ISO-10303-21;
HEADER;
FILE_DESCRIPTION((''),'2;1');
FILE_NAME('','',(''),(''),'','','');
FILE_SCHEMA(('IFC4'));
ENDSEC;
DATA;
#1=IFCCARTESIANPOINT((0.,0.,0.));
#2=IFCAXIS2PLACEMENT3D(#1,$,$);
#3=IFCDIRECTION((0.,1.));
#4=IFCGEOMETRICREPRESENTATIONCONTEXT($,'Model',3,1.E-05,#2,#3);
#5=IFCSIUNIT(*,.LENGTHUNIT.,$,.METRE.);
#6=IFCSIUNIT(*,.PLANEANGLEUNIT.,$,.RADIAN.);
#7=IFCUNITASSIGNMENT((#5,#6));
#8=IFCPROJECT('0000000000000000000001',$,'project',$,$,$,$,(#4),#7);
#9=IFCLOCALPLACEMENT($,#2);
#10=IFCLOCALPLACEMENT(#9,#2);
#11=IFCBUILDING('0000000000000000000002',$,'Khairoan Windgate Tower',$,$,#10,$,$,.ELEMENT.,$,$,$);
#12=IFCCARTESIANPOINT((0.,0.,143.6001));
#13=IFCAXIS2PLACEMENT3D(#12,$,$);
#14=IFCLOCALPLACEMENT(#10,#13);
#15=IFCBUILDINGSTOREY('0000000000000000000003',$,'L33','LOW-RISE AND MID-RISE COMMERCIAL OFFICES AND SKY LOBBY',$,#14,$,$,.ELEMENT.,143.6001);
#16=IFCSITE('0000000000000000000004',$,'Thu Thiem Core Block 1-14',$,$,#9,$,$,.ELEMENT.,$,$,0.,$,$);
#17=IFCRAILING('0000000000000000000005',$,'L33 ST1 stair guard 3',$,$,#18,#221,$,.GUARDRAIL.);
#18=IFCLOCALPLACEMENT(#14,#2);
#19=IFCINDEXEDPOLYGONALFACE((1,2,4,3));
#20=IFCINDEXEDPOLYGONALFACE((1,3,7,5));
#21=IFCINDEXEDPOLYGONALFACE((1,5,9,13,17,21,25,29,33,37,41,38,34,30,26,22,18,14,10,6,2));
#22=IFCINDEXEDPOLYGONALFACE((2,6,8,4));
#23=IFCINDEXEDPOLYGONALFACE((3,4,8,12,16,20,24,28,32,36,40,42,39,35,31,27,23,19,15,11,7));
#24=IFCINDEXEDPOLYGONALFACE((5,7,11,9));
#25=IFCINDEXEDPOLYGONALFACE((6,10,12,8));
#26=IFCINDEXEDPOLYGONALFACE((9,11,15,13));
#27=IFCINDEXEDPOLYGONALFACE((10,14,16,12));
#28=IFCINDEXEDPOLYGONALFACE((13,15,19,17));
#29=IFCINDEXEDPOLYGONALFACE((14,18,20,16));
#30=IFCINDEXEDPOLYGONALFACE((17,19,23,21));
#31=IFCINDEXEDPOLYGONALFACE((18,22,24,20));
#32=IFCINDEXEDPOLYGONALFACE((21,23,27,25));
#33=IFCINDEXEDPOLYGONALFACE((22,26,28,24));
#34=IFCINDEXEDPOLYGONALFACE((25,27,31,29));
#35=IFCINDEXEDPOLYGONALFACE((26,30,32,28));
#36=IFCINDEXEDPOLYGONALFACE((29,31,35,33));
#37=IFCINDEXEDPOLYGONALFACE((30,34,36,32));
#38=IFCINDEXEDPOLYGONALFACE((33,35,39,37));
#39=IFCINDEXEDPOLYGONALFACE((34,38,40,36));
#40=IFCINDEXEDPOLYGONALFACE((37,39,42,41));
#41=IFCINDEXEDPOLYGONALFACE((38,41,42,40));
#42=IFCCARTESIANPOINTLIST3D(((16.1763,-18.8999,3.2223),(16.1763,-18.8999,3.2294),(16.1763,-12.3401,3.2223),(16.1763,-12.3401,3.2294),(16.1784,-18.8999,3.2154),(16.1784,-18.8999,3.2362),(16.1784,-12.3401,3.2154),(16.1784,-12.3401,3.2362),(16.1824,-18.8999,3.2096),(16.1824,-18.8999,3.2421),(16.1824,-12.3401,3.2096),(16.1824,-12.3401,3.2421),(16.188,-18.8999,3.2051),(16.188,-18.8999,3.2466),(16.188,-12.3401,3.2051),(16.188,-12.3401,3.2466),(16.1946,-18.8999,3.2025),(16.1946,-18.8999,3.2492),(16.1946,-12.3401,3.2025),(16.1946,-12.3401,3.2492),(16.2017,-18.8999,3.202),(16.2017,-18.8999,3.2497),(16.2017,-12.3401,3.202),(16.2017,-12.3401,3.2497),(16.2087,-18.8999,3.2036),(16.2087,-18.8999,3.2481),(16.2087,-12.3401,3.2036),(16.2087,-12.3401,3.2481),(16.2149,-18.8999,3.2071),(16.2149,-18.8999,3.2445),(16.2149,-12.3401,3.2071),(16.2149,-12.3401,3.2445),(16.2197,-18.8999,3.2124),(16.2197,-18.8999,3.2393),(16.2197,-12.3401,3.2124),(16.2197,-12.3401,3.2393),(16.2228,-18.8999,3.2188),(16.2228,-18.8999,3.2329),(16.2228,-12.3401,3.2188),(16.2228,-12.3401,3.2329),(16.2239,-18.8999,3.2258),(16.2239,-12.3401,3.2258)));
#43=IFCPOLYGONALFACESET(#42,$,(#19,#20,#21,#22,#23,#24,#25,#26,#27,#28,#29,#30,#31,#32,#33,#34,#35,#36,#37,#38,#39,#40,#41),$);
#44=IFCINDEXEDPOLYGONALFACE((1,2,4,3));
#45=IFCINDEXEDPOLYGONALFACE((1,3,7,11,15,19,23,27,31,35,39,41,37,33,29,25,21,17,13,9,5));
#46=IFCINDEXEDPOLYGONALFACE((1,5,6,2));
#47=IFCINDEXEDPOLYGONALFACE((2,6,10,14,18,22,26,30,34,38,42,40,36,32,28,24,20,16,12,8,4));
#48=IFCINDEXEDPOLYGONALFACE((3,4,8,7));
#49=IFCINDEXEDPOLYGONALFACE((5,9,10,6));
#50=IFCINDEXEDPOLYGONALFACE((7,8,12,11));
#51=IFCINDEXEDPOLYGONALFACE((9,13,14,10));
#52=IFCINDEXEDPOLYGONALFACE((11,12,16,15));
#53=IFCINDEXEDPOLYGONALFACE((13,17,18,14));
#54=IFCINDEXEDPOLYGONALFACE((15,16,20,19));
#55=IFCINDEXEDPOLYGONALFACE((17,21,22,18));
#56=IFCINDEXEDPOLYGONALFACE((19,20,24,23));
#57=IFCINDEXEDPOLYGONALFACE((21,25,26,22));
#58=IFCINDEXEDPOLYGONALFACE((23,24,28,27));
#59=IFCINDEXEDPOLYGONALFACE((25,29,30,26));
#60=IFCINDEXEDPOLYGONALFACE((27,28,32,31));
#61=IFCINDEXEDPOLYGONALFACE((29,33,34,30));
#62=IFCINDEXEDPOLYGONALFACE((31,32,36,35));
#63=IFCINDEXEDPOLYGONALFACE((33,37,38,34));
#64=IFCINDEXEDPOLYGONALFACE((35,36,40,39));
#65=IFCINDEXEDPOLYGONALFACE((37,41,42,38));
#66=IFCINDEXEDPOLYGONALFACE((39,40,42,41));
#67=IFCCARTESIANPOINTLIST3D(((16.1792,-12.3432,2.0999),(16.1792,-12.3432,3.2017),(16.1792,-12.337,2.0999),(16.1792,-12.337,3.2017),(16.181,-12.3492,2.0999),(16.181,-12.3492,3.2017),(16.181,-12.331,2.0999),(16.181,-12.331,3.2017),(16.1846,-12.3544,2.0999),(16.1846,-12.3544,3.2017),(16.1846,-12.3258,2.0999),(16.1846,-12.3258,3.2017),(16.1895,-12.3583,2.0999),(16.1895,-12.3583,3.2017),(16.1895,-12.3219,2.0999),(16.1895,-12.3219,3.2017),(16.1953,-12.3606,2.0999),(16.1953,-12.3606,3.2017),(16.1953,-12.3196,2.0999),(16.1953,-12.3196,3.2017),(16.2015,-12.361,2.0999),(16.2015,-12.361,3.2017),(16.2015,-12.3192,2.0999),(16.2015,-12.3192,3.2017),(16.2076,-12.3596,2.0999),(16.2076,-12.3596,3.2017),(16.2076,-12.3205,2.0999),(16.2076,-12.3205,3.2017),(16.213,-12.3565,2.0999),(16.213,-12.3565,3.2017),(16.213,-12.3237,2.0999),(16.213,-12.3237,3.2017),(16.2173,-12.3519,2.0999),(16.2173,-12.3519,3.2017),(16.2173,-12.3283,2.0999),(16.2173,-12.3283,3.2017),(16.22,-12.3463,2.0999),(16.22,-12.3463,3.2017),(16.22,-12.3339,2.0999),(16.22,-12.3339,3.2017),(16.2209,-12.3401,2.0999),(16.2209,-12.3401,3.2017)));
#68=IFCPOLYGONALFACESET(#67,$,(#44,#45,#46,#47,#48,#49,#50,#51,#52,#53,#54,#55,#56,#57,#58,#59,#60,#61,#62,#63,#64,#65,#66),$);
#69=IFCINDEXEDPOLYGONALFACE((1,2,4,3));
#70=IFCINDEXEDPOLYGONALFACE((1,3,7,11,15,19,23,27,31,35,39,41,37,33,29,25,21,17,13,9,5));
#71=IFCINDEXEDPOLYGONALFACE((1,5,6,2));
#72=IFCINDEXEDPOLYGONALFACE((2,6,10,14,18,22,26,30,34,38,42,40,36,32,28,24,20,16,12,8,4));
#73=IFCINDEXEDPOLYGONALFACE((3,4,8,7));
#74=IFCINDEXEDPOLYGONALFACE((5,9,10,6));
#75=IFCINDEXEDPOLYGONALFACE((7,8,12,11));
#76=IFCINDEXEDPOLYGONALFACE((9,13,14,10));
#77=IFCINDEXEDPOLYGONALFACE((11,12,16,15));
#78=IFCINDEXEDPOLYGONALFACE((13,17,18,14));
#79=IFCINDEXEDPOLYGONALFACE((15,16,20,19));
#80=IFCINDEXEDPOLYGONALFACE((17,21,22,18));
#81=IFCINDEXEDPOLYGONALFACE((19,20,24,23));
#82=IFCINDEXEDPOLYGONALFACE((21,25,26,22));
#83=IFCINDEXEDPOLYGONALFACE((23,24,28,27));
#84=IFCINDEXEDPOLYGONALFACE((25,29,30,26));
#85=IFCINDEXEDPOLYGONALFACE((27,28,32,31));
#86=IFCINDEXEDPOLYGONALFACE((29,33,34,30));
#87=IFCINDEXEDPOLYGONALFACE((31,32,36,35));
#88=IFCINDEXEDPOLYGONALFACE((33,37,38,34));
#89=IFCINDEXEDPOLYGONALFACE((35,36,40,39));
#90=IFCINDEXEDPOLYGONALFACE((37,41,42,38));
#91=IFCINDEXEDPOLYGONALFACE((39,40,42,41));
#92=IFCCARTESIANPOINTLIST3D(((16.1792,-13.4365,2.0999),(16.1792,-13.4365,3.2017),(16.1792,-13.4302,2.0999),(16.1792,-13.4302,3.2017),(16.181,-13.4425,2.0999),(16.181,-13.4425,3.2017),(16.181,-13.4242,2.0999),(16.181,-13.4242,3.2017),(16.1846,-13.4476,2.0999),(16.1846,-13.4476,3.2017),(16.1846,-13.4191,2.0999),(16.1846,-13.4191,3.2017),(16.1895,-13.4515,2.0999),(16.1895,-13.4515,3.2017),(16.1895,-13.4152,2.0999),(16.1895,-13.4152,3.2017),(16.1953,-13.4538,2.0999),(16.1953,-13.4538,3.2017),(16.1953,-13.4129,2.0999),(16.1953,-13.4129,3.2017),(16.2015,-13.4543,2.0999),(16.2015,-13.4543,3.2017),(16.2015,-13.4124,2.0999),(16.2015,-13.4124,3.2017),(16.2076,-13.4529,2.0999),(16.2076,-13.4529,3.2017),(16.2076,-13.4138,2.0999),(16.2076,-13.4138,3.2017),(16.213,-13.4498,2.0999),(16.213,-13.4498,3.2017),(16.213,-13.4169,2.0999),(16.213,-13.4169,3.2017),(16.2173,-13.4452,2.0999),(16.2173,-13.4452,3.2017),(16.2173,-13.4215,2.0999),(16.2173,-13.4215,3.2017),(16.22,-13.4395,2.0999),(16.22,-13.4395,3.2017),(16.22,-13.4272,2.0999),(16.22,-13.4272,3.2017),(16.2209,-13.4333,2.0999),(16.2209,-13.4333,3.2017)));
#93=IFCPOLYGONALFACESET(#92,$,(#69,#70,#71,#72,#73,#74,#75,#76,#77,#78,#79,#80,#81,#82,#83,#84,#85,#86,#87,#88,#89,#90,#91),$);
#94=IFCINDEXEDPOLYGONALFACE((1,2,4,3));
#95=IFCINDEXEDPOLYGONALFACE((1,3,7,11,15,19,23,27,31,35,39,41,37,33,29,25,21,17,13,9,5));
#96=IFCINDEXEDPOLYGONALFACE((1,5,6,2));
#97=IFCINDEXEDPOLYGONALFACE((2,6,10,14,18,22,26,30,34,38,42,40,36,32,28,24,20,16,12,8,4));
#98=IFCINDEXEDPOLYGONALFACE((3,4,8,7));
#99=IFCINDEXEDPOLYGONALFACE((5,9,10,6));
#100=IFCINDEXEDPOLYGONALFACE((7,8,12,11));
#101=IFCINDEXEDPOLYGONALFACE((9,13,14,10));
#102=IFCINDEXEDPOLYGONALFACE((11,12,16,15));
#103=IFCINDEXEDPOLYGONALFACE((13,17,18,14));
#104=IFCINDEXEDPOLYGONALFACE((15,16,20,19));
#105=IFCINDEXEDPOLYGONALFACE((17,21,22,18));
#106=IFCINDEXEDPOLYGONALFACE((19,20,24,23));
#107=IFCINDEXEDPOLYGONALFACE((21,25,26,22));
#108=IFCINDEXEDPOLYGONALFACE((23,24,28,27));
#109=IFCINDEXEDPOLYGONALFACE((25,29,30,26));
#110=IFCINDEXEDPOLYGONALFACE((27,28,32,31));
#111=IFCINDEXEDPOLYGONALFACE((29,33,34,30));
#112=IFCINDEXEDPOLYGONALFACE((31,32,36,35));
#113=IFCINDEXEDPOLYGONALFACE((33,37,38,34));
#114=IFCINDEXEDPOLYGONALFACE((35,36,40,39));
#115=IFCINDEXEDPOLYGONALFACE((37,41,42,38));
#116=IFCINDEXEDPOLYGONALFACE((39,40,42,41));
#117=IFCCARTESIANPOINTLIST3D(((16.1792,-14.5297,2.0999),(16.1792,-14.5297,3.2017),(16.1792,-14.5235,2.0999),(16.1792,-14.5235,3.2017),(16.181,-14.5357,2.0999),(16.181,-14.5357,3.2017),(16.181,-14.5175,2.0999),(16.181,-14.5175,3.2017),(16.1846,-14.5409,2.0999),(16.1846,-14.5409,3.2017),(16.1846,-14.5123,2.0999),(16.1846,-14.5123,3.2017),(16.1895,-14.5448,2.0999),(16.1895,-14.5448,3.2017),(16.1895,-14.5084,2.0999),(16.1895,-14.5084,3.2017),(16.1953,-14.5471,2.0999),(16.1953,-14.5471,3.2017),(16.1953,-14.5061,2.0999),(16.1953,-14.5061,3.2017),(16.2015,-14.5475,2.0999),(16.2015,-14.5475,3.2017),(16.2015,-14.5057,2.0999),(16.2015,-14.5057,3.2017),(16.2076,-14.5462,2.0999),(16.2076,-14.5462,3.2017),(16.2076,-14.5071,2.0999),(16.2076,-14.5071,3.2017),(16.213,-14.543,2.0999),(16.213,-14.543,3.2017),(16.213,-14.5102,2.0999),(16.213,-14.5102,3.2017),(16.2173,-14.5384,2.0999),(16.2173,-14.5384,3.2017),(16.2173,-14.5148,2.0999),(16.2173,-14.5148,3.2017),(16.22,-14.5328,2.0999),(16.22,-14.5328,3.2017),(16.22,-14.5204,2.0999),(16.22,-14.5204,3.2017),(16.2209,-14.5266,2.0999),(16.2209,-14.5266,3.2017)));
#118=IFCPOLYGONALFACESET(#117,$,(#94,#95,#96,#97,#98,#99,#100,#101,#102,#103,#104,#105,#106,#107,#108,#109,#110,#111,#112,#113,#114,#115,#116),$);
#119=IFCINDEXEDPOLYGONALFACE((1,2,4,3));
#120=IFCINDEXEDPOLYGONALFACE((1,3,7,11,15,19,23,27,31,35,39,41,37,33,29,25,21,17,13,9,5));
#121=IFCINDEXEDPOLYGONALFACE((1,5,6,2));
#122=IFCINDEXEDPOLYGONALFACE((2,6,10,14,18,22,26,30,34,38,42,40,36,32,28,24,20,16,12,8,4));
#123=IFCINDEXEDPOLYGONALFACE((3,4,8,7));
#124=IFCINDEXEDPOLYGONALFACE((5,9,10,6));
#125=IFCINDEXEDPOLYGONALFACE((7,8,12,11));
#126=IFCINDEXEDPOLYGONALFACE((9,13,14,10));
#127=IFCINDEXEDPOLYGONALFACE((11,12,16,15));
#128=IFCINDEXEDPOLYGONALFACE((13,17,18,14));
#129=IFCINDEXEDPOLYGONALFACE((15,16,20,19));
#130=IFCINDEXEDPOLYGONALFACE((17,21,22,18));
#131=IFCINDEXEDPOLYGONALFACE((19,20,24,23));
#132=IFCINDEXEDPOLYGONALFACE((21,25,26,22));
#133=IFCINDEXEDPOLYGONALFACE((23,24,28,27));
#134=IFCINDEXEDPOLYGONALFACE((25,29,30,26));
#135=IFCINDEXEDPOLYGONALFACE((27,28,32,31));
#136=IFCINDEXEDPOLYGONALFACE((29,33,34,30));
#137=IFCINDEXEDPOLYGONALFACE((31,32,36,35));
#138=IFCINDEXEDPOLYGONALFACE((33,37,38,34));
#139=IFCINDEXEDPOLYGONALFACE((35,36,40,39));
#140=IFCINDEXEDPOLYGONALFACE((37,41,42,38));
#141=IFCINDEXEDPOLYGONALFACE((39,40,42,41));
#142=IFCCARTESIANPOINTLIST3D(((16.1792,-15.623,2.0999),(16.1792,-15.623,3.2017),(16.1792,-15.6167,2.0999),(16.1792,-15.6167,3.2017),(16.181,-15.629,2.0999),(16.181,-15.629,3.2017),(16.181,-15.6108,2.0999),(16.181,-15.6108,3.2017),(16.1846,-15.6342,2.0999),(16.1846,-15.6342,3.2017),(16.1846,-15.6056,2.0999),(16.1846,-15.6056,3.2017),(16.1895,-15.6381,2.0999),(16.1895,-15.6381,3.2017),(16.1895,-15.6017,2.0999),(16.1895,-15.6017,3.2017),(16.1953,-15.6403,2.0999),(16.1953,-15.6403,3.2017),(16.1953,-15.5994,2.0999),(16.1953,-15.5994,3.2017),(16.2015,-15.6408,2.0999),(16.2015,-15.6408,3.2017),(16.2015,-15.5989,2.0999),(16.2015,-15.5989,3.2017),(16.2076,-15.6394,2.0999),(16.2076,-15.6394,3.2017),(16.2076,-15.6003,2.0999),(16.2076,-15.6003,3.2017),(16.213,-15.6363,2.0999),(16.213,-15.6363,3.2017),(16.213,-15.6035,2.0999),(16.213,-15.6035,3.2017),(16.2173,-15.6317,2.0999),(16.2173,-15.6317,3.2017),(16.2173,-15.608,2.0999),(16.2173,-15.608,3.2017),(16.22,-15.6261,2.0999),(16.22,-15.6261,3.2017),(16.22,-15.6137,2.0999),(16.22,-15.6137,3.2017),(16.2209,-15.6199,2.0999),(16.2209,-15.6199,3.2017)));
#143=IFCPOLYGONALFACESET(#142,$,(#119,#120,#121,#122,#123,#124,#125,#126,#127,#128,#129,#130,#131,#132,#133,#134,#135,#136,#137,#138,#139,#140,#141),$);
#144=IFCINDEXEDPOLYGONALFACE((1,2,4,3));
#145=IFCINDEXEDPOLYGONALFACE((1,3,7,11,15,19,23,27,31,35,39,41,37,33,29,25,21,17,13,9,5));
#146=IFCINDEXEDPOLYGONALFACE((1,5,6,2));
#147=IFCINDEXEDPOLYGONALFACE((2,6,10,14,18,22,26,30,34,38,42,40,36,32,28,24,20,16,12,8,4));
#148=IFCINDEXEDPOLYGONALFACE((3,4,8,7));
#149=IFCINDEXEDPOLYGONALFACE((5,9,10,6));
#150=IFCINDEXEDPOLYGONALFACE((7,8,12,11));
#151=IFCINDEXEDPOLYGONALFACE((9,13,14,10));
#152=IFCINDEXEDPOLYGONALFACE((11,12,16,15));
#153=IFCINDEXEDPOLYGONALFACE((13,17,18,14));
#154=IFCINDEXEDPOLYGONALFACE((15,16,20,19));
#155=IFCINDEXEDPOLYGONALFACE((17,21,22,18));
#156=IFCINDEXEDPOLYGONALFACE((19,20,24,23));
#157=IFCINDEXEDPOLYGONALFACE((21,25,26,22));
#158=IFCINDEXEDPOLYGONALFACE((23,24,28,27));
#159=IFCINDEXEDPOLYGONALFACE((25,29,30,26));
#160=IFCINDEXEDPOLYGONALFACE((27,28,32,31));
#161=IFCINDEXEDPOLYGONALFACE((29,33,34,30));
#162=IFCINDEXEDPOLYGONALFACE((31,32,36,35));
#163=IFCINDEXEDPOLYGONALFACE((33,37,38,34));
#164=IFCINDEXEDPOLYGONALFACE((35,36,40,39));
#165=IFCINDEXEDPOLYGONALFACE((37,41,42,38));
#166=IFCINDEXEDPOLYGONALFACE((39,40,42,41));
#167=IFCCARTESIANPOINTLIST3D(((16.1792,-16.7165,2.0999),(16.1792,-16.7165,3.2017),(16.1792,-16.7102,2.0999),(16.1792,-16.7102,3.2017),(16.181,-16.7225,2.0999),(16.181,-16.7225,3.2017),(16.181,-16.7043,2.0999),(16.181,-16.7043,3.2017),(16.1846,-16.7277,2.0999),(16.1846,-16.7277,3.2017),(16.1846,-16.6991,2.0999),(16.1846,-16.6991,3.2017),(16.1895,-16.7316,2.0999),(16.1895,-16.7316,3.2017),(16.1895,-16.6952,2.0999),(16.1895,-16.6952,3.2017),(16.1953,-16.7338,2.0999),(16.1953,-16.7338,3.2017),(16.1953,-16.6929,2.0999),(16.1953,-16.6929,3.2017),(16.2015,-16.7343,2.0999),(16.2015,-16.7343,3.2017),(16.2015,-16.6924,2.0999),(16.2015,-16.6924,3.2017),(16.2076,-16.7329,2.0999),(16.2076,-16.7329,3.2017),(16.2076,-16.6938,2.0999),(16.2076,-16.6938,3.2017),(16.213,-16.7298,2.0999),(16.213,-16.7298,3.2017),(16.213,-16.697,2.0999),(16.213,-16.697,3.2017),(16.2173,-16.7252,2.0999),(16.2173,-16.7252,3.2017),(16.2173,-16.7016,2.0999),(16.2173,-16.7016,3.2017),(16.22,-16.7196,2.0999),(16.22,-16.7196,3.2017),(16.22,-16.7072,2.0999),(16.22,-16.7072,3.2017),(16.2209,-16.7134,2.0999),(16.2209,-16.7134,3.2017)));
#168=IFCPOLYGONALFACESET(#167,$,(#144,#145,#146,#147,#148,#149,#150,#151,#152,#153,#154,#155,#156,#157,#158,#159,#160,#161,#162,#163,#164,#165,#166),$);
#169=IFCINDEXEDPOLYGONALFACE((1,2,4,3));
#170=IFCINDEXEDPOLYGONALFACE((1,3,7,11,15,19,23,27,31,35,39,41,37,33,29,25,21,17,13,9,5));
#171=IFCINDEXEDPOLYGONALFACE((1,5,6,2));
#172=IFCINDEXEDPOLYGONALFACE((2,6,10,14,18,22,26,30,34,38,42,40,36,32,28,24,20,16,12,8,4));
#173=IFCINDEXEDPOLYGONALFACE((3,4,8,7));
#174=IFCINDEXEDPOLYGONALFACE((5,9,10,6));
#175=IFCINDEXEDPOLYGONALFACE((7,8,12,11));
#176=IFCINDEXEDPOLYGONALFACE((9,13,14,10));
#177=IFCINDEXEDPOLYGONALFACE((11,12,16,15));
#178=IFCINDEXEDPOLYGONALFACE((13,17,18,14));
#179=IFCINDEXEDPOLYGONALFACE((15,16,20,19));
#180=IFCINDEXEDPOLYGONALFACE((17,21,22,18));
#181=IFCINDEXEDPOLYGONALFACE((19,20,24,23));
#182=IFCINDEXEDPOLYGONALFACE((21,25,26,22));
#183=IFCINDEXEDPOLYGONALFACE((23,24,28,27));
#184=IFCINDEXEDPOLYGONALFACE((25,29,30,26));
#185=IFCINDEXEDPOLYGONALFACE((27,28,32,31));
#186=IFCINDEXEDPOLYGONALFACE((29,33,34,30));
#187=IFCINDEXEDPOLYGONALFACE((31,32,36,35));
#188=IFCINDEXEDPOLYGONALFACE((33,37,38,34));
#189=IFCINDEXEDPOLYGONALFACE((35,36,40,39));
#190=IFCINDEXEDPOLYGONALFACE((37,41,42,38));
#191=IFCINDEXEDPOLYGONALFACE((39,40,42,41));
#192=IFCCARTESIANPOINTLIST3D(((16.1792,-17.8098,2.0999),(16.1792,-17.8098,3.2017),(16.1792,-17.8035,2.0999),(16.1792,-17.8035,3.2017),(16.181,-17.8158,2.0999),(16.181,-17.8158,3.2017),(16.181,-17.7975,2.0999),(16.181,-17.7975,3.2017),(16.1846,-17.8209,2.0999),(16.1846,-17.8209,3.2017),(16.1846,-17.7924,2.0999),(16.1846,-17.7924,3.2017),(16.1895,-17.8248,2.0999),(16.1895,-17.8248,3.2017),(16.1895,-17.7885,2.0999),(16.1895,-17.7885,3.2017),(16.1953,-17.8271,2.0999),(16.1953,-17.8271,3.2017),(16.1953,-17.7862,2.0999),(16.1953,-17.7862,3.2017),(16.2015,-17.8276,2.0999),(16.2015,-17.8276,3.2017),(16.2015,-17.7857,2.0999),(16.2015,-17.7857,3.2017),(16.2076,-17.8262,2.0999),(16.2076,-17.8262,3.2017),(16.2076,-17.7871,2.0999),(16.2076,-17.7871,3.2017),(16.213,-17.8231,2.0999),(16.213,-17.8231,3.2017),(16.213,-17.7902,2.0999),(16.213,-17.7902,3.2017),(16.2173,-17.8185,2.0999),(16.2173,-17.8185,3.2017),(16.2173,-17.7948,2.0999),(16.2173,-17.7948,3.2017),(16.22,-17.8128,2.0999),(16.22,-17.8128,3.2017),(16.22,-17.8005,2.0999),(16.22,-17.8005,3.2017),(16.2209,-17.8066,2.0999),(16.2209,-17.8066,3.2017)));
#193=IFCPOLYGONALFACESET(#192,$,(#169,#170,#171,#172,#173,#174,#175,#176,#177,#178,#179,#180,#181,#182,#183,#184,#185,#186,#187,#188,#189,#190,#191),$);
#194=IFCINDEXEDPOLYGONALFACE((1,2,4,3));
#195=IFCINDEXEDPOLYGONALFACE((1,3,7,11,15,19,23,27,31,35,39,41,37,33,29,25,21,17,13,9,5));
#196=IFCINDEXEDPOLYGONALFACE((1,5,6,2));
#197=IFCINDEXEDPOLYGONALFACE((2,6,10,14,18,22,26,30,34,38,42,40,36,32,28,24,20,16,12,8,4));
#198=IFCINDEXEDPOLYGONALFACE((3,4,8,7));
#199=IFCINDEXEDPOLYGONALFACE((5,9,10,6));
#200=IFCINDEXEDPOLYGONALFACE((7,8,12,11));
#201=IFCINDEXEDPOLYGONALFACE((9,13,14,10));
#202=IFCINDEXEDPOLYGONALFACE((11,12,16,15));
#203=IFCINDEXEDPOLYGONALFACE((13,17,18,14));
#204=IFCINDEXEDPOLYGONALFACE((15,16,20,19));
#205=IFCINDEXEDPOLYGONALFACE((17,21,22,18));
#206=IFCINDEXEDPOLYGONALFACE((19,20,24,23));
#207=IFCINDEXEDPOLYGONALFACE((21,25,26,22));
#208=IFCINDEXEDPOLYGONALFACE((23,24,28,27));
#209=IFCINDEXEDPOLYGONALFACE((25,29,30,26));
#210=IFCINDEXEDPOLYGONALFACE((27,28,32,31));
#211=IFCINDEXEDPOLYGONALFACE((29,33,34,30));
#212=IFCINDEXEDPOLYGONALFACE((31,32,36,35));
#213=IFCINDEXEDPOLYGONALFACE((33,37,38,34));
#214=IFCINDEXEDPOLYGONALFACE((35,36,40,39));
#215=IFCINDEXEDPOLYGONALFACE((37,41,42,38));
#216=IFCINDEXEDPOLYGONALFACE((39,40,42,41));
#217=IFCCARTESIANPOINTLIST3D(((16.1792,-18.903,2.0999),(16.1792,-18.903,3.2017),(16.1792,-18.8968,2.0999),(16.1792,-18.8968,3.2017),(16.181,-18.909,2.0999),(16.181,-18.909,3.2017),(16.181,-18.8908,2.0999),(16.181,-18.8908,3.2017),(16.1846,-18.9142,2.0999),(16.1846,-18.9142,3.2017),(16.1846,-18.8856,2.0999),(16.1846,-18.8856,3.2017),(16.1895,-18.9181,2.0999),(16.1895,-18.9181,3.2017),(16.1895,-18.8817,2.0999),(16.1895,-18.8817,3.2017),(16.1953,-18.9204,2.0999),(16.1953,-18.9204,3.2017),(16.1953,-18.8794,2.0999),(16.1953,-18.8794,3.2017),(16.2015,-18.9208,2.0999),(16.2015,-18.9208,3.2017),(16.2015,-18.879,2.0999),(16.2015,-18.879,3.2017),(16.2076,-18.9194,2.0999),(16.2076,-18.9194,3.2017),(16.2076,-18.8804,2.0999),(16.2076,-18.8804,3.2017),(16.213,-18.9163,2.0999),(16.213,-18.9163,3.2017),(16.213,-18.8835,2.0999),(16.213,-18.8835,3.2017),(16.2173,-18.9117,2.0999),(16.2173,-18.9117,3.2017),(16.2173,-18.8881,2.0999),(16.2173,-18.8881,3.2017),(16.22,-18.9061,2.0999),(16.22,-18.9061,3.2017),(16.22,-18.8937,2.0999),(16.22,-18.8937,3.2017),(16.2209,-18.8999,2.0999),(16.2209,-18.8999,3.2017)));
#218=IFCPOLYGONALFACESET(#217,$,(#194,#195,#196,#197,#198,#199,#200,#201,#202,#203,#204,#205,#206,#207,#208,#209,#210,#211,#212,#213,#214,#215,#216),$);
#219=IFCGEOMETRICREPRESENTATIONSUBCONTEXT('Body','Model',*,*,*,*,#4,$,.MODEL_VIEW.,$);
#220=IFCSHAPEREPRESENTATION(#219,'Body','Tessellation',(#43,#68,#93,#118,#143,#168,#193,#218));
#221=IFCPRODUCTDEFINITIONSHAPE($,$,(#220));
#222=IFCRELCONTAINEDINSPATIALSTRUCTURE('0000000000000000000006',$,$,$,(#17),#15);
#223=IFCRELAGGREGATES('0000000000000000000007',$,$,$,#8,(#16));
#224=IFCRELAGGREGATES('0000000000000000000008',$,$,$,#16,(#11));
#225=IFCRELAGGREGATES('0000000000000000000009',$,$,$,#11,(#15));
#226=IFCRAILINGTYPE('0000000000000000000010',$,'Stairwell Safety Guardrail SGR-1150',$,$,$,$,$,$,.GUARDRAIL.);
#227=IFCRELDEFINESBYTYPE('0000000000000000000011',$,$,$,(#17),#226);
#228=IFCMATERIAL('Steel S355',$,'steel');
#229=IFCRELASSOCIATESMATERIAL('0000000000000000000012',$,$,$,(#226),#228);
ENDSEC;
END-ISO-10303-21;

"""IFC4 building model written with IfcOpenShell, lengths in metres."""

from ifc_helpers import new_model, si_unit, direction, frame, origin, origin_2d, place, context, subcontext, project, spatial, circle, extrude, material, type_object, element, save


model = new_model("IFC4")

# Units and contexts
model_context = context("Model", 3, precision=1e-05, world=origin(), true_north=direction((0.0, 1.0)))
body_context = subcontext(model_context, "Body", "Model", "MODEL_VIEW")
ifc_project = project(units=[si_unit("LENGTHUNIT", "METRE"), si_unit("PLANEANGLEUNIT", "RADIAN")], contexts=[model_context])

# Site, building, storey
site_placement = place(None, origin())
site = spatial("IfcSite", under=ifc_project, at=site_placement, Name="Thu Thiem Core Block 1-14", CompositionType="ELEMENT", RefElevation=0.0)
building_placement = place(site_placement, origin())
building = spatial("IfcBuilding", under=site, at=building_placement, Name="Khairoan Windgate Tower", CompositionType="ELEMENT")
storey_placement = place(building_placement, frame((0.0, 0.0, 143.6001)))
storey = spatial("IfcBuildingStorey", under=building, at=storey_placement, Name="L33", Description="LOW-RISE AND MID-RISE COMMERCIAL OFFICES AND SKY LOBBY", CompositionType="ELEMENT", Elevation=143.6001)

# Railing
ifc_material_1 = material(Name="Steel S355", Category="steel")
railing_type_1 = type_object("IfcRailingType", Name="Stairwell Safety Guardrail SGR-1150", PredefinedType="GUARDRAIL", material=ifc_material_1)
railing_1_placement = place(storey_placement, frame((16.2, -12.3401, 2.0999)))
element("IfcRailing", 1, at=railing_1_placement, inside=storey, type_object=railing_type_1, Name="L33 ST1 stair guard 3", PredefinedType="GUARDRAIL", context=body_context, shape_type="SweptSolid", body=[
    extrude(circle(Radius=0.0239, at=origin_2d()), frame((0.0, 0.0, 1.126), z_axis=(0.0, -1.0, 0.0), x_axis=(1.0, 0.0, 0.0)), (0.0, 0.0, 1.0), 6.5598),
    extrude(circle(Radius=0.021, at=origin_2d()), origin(), (0.0, 0.0, 1.0), 1.1018),
    extrude(circle(Radius=0.021, at=origin_2d()), frame((0.0, -1.0933, 0.0)), (0.0, 0.0, 1.0), 1.1018),
    extrude(circle(Radius=0.021, at=origin_2d()), frame((0.0, -2.1865, 0.0)), (0.0, 0.0, 1.0), 1.1018),
    extrude(circle(Radius=0.021, at=origin_2d()), frame((0.0, -3.2798, 0.0)), (0.0, 0.0, 1.0), 1.1018),
    extrude(circle(Radius=0.021, at=origin_2d()), frame((0.0, -4.3733, 0.0)), (0.0, 0.0, 1.0), 1.1018),
    extrude(circle(Radius=0.021, at=origin_2d()), frame((0.0, -5.4666, 0.0)), (0.0, 0.0, 1.0), 1.1018),
    extrude(circle(Radius=0.021, at=origin_2d()), frame((0.0, -6.5598, 0.0)), (0.0, 0.0, 1.0), 1.1018),
])

save(model, "model.ifc")
